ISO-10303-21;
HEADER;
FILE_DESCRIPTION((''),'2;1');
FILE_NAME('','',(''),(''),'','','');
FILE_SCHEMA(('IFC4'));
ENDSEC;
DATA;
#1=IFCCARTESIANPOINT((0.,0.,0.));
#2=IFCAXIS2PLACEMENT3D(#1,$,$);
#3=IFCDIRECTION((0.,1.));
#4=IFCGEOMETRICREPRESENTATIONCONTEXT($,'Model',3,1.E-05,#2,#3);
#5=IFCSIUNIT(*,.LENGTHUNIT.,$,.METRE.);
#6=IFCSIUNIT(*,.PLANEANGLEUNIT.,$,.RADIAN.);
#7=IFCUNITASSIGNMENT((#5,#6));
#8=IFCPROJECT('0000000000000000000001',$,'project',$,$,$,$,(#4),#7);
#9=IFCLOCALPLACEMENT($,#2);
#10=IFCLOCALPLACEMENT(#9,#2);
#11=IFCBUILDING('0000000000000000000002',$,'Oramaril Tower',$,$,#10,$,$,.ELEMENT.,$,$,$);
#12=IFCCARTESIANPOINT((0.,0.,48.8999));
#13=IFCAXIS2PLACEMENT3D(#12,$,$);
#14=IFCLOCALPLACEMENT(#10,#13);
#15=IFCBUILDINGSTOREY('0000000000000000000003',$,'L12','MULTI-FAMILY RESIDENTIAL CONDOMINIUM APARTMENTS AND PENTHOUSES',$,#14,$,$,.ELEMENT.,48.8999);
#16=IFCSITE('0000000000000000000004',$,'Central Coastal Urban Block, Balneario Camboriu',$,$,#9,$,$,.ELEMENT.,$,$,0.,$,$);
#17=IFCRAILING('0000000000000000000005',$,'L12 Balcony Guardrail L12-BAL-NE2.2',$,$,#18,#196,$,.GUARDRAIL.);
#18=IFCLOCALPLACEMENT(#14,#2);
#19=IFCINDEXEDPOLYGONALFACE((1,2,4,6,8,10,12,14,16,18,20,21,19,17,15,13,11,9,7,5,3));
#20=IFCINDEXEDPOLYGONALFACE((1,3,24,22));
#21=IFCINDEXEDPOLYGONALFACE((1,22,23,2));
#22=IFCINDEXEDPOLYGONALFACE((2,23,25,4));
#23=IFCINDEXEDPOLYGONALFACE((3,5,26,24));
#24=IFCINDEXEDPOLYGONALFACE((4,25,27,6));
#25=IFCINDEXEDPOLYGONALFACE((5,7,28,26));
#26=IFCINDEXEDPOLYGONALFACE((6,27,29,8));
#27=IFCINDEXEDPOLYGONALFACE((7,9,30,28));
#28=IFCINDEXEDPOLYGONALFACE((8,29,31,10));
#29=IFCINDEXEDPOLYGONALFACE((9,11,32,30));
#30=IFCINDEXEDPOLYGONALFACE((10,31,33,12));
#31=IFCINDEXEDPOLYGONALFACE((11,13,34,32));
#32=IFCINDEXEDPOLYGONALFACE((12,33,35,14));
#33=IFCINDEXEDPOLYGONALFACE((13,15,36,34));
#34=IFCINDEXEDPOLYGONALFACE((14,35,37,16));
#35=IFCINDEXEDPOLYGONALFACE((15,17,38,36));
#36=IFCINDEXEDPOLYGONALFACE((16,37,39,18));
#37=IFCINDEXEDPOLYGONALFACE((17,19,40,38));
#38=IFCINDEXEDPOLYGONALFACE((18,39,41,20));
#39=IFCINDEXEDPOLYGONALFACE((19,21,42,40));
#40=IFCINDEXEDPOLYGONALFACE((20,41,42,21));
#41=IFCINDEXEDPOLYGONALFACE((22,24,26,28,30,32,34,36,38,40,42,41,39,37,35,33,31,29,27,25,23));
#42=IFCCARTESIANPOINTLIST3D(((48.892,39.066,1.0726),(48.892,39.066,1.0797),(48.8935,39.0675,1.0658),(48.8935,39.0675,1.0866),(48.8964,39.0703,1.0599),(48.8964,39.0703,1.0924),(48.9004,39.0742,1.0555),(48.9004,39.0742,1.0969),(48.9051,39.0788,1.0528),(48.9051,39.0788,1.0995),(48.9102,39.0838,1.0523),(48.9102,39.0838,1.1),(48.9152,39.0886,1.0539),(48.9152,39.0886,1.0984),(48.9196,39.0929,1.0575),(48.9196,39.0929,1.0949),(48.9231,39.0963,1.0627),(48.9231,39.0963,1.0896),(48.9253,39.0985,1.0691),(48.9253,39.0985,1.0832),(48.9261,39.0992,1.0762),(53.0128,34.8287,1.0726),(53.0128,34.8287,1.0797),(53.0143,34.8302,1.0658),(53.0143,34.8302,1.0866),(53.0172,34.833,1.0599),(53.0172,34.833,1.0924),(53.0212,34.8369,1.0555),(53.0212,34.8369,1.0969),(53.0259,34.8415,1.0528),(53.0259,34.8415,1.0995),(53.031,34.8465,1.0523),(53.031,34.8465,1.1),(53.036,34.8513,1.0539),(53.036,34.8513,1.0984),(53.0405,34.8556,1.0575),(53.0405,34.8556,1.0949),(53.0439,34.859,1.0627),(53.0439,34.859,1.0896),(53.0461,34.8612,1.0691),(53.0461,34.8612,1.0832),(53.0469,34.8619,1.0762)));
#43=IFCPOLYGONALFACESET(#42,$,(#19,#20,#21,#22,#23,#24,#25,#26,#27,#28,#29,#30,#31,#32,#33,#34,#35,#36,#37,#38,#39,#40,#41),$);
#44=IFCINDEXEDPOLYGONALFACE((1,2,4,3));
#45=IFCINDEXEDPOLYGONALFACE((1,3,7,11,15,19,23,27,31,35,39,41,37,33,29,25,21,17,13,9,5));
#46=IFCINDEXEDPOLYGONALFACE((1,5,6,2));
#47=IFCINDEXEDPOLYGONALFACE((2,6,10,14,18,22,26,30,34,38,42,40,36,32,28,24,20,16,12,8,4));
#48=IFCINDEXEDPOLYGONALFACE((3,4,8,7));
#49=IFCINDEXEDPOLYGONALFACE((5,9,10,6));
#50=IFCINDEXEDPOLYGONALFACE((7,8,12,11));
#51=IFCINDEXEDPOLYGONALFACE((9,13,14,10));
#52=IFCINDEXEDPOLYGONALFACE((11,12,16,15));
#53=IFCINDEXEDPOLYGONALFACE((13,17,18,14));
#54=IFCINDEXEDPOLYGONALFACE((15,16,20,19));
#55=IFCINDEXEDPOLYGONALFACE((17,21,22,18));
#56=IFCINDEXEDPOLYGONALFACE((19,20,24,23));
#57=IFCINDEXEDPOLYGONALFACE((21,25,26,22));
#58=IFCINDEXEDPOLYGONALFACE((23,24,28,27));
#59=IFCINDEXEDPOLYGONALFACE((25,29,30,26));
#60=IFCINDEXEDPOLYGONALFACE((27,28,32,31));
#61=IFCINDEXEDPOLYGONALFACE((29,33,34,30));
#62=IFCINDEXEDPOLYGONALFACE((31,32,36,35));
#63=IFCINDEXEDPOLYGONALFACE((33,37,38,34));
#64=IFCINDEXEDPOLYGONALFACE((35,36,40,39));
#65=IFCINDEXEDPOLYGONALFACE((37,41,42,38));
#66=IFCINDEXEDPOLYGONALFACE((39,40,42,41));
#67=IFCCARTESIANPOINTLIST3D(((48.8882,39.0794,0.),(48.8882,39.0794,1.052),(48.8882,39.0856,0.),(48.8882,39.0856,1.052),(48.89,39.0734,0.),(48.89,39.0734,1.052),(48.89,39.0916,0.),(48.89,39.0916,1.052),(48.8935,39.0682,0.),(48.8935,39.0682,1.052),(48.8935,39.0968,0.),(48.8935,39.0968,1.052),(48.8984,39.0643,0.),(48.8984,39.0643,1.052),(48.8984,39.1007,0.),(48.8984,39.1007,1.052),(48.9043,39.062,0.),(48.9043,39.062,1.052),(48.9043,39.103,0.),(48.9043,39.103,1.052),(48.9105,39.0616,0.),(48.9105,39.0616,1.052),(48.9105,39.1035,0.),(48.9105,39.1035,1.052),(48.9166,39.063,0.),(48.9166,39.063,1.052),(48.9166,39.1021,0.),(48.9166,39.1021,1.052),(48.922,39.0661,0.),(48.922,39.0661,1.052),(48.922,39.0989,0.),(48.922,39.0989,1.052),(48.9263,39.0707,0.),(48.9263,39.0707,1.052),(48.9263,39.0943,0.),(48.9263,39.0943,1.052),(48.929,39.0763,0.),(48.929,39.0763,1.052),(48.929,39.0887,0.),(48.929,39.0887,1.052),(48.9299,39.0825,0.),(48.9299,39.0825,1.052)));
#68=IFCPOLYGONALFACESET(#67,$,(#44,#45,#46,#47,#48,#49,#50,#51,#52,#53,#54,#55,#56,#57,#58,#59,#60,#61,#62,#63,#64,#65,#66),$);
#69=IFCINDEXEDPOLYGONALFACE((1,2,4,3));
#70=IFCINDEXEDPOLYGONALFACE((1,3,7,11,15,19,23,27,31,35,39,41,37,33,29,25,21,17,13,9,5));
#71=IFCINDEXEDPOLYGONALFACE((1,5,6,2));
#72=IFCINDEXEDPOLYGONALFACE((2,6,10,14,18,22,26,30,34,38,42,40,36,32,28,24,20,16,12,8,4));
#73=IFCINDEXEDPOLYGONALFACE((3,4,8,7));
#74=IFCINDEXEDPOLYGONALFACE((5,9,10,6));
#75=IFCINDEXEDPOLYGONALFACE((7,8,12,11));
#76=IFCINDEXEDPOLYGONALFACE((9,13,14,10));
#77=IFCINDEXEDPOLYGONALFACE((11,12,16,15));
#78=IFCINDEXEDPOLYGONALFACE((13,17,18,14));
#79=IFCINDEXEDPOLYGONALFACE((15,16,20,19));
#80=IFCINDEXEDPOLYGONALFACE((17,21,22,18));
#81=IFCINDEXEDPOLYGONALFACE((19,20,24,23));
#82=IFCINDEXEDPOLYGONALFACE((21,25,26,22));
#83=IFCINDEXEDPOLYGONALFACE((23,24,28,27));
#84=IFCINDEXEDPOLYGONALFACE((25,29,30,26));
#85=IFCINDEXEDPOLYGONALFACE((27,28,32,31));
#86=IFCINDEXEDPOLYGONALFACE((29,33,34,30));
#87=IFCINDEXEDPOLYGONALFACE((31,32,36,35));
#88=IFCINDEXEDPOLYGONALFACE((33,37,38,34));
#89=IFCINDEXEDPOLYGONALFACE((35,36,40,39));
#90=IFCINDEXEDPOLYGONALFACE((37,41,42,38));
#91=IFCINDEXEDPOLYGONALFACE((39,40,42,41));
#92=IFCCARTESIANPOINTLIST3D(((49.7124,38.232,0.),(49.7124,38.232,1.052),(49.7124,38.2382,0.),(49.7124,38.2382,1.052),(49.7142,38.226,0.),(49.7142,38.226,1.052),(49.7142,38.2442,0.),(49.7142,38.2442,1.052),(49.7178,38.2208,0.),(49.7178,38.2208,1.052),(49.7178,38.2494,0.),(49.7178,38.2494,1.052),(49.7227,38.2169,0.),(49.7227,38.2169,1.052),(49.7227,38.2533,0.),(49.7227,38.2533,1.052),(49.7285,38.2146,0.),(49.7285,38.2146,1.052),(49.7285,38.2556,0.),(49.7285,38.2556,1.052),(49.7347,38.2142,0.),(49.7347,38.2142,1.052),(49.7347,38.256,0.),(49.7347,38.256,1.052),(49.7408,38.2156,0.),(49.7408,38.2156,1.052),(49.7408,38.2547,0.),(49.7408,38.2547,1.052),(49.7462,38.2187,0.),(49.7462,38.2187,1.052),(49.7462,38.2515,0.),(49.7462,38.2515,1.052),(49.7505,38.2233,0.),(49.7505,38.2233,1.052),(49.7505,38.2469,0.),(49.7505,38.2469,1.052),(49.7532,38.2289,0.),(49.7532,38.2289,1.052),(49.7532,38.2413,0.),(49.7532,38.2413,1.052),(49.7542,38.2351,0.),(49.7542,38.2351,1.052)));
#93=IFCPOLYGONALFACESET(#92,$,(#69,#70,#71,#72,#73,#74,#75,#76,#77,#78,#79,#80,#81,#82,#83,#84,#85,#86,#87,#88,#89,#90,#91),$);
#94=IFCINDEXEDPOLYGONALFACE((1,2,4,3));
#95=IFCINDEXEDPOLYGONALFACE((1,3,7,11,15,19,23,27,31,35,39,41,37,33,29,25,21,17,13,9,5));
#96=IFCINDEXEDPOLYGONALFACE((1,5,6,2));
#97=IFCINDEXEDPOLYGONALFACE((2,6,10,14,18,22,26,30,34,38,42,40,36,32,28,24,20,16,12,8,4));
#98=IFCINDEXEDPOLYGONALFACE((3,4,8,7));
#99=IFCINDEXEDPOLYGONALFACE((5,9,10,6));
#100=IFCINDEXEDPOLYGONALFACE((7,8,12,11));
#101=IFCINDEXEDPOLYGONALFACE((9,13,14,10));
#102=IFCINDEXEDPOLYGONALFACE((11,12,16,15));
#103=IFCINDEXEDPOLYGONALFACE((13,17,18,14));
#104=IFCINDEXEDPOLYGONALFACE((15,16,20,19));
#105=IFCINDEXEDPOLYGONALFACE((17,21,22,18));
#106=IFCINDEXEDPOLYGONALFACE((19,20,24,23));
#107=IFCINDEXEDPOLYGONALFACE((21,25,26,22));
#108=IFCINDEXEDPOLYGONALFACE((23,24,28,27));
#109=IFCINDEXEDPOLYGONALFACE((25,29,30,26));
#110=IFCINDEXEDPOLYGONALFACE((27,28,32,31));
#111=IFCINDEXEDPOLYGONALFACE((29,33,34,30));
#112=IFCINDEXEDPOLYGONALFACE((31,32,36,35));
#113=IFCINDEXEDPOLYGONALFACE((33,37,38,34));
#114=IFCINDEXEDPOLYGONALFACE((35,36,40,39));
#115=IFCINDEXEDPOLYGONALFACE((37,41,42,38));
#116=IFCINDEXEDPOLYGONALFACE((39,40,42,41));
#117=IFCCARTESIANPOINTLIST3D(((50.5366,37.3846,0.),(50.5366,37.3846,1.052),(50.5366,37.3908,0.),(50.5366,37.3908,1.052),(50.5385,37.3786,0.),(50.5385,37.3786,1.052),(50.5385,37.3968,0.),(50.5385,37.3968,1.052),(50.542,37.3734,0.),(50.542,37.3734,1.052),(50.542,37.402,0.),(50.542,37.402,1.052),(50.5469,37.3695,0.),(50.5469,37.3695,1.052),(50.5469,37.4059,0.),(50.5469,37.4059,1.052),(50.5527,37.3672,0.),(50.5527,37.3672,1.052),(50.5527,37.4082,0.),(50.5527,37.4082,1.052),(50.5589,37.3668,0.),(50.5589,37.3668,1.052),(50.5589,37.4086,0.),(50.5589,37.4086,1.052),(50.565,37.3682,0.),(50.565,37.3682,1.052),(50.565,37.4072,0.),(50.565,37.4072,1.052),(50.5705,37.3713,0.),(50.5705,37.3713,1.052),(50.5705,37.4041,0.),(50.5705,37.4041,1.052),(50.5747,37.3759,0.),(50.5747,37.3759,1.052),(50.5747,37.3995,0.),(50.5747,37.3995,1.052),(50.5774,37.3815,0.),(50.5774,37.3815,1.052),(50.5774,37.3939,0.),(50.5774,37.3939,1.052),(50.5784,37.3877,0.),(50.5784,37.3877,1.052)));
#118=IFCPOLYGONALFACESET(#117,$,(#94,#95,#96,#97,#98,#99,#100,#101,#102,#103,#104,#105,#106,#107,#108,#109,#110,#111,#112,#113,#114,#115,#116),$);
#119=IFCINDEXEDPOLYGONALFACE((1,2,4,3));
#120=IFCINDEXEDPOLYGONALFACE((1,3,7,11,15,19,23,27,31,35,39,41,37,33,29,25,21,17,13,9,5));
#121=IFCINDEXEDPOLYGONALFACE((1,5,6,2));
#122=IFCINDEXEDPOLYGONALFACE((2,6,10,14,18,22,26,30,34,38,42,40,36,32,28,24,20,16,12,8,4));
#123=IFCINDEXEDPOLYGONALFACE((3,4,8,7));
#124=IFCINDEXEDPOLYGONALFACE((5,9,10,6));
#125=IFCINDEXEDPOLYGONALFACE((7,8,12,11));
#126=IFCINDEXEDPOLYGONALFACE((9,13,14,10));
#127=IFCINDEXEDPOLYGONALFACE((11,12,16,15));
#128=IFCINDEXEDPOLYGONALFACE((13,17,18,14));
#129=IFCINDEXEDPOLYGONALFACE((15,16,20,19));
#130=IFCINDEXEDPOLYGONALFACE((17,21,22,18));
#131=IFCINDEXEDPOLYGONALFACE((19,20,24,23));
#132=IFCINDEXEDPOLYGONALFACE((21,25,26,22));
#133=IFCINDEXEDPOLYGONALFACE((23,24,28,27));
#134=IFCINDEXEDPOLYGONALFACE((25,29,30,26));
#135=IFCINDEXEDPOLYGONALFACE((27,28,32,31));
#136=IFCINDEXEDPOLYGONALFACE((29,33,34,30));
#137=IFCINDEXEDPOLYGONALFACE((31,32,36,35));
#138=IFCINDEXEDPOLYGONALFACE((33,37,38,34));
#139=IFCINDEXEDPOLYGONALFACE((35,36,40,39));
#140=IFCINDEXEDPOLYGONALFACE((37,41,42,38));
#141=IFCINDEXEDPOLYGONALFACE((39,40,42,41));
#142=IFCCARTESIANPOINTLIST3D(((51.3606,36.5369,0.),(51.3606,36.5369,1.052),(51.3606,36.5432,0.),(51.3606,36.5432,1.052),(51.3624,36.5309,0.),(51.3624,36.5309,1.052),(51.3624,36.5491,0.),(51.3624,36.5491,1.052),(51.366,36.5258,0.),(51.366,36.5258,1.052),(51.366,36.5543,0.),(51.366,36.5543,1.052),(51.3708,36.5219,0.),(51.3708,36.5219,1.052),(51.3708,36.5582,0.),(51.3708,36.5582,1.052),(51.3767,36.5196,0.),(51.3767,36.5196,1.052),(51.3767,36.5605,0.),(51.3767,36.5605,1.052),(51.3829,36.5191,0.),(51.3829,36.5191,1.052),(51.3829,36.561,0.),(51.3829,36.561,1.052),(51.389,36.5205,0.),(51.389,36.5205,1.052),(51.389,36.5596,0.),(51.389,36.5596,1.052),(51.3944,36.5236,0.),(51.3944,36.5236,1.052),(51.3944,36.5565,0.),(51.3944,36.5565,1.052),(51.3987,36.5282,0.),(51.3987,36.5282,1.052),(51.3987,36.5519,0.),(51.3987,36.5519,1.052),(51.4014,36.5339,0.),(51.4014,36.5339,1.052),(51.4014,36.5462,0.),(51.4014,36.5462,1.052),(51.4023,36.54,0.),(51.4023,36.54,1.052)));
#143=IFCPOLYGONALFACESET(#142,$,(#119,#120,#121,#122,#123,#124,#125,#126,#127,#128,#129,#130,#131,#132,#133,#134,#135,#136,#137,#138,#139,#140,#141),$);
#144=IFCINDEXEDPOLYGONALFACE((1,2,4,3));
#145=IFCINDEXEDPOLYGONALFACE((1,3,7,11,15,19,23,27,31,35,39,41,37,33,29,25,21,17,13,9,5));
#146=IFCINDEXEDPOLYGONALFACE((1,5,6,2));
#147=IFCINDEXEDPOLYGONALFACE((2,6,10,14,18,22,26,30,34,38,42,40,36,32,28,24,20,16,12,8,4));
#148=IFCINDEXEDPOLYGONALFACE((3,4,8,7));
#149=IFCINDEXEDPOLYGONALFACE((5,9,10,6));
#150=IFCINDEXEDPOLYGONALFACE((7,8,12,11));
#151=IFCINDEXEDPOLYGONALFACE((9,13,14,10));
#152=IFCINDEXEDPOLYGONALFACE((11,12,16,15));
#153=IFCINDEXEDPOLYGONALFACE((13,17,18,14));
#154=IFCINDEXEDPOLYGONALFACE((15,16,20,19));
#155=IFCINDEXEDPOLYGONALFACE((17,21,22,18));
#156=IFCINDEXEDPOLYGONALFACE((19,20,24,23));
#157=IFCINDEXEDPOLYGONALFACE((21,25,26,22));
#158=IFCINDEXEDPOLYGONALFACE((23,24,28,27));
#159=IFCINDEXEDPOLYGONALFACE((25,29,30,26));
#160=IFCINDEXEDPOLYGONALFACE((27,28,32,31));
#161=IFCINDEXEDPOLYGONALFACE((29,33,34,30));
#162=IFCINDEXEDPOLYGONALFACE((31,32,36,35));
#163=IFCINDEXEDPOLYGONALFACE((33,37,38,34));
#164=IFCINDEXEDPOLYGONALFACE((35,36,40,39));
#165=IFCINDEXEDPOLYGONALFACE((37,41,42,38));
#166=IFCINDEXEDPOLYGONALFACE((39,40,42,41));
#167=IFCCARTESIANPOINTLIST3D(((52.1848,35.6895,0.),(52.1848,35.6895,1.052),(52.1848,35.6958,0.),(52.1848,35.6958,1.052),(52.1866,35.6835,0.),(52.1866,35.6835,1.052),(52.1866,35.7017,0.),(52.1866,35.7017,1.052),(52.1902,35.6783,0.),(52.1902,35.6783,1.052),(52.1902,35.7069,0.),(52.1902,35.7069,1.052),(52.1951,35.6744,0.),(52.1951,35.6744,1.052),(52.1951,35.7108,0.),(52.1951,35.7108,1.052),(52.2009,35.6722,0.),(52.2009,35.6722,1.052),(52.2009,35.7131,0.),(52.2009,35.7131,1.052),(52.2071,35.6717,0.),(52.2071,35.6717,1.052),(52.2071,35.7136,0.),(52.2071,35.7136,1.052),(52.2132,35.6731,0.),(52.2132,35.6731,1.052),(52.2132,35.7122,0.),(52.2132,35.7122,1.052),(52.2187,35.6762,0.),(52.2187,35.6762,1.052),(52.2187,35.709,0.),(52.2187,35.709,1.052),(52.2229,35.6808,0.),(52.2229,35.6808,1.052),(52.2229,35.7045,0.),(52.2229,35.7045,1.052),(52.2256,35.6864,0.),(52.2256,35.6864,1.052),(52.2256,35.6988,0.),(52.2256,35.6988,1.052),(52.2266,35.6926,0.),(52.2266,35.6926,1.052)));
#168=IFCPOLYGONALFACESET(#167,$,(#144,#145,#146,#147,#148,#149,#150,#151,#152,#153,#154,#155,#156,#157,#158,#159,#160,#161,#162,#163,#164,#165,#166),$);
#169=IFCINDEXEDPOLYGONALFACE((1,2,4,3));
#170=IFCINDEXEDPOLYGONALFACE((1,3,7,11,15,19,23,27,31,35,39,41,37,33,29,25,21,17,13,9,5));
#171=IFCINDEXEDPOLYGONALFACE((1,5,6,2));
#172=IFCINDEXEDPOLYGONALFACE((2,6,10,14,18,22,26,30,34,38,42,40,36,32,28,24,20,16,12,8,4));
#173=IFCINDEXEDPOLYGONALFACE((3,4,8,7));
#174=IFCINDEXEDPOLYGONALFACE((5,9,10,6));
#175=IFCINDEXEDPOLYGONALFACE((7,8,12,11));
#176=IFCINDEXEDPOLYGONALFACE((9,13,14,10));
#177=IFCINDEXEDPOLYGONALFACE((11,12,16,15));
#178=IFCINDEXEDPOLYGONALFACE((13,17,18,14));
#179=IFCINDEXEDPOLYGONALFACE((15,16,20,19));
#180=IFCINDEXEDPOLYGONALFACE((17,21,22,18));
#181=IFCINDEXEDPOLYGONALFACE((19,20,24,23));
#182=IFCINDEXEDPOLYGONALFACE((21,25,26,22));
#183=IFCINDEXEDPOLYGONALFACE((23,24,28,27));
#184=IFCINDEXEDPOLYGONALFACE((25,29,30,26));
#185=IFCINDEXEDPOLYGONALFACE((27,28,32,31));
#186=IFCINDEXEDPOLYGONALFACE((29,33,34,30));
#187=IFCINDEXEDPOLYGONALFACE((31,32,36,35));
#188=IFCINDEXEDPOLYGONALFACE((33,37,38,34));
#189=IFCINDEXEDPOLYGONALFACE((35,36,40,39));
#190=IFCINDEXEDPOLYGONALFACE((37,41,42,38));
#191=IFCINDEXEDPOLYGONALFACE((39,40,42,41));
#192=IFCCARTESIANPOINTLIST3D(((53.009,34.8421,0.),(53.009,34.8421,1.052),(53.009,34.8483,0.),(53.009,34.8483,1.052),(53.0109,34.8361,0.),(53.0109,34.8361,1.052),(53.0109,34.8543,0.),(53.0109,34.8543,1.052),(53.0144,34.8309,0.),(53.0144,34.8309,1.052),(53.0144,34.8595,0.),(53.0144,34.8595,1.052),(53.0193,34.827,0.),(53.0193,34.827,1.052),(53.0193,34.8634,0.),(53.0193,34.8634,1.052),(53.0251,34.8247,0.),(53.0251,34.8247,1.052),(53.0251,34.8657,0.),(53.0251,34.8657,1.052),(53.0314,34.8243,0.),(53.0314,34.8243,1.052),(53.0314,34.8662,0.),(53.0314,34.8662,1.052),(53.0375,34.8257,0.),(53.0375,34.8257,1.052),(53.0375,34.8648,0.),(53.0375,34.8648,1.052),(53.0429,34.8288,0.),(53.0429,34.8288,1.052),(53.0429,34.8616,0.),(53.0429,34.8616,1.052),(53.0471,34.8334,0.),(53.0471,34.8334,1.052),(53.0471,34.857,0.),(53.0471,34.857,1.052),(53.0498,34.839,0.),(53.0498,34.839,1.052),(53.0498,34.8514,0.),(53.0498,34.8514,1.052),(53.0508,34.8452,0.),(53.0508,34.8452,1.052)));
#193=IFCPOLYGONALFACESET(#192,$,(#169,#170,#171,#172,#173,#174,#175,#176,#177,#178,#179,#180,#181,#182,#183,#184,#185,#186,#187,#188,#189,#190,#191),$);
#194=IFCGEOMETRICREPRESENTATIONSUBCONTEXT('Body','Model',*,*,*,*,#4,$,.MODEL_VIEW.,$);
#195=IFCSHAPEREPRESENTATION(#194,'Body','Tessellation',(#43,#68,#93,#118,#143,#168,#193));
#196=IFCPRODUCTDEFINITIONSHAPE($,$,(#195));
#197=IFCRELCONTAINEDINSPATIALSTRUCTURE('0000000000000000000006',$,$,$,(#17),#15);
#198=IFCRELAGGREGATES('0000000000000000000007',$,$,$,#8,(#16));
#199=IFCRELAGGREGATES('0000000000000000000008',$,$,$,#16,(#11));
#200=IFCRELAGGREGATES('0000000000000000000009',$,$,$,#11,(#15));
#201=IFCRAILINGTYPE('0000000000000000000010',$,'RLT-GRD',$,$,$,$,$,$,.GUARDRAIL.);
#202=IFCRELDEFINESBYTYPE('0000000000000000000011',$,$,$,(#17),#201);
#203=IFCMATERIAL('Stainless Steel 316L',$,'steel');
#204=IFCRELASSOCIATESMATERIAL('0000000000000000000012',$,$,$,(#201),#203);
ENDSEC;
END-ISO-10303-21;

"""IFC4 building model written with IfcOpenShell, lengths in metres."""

from ifc_helpers import new_model, si_unit, direction, frame, origin, origin_2d, place, context, subcontext, project, spatial, circle, extrude, material, type_object, element, save


model = new_model("IFC4")

# Units and contexts
model_context = context("Model", 3, precision=1e-05, world=origin(), true_north=direction((0.0, 1.0)))
body_context = subcontext(model_context, "Body", "Model", "MODEL_VIEW")
ifc_project = project(units=[si_unit("LENGTHUNIT", "METRE"), si_unit("PLANEANGLEUNIT", "RADIAN")], contexts=[model_context])

# Site, building, storey
site_placement = place(None, origin())
site = spatial("IfcSite", under=ifc_project, at=site_placement, Name="Central Coastal Urban Block, Balneario Camboriu", CompositionType="ELEMENT", RefElevation=0.0)
building_placement = place(site_placement, origin())
building = spatial("IfcBuilding", under=site, at=building_placement, Name="Oramaril Tower", CompositionType="ELEMENT")
storey_placement = place(building_placement, frame((0.0, 0.0, 48.8999)))
storey = spatial("IfcBuildingStorey", under=building, at=storey_placement, Name="L12", Description="MULTI-FAMILY RESIDENTIAL CONDOMINIUM APARTMENTS AND PENTHOUSES", CompositionType="ELEMENT", Elevation=48.8999)

# Railing
ifc_material_1 = material(Name="Stainless Steel 316L", Category="steel")
railing_type = type_object("IfcRailingType", Name="RLT-GRD", PredefinedType="GUARDRAIL", material=ifc_material_1)
railing_1_placement = place(storey_placement, frame((48.9089, 39.0825, 0.0)))
element("IfcRailing", 1, at=railing_1_placement, inside=storey, type_object=railing_type, Name="L12 Balcony Guardrail L12-BAL-NE2.2", PredefinedType="GUARDRAIL", context=body_context, shape_type="SweptSolid", body=[
    extrude(circle(Radius=0.0239, at=origin_2d()), frame((0.0, 0.0, 1.0762), z_axis=(0.697187, -0.716889, 0.0), x_axis=(0.716889, 0.697187, 0.0)), (0.0, 0.0, 1.0), 5.9106),
    extrude(circle(Radius=0.021, at=origin_2d()), origin(), (0.0, 0.0, 1.0), 1.052),
    extrude(circle(Radius=0.021, at=origin_2d()), frame((0.8242, -0.8474, 0.0)), (0.0, 0.0, 1.0), 1.052),
    extrude(circle(Radius=0.021, at=origin_2d()), frame((1.6484, -1.6948, 0.0)), (0.0, 0.0, 1.0), 1.052),
    extrude(circle(Radius=0.021, at=origin_2d()), frame((2.4724, -2.5425, 0.0)), (0.0, 0.0, 1.0), 1.052),
    extrude(circle(Radius=0.021, at=origin_2d()), frame((3.2966, -3.3899, 0.0)), (0.0, 0.0, 1.0), 1.052),
    extrude(circle(Radius=0.021, at=origin_2d()), frame((4.1208, -4.2373, 0.0)), (0.0, 0.0, 1.0), 1.052),
])

save(model, "model.ifc")
